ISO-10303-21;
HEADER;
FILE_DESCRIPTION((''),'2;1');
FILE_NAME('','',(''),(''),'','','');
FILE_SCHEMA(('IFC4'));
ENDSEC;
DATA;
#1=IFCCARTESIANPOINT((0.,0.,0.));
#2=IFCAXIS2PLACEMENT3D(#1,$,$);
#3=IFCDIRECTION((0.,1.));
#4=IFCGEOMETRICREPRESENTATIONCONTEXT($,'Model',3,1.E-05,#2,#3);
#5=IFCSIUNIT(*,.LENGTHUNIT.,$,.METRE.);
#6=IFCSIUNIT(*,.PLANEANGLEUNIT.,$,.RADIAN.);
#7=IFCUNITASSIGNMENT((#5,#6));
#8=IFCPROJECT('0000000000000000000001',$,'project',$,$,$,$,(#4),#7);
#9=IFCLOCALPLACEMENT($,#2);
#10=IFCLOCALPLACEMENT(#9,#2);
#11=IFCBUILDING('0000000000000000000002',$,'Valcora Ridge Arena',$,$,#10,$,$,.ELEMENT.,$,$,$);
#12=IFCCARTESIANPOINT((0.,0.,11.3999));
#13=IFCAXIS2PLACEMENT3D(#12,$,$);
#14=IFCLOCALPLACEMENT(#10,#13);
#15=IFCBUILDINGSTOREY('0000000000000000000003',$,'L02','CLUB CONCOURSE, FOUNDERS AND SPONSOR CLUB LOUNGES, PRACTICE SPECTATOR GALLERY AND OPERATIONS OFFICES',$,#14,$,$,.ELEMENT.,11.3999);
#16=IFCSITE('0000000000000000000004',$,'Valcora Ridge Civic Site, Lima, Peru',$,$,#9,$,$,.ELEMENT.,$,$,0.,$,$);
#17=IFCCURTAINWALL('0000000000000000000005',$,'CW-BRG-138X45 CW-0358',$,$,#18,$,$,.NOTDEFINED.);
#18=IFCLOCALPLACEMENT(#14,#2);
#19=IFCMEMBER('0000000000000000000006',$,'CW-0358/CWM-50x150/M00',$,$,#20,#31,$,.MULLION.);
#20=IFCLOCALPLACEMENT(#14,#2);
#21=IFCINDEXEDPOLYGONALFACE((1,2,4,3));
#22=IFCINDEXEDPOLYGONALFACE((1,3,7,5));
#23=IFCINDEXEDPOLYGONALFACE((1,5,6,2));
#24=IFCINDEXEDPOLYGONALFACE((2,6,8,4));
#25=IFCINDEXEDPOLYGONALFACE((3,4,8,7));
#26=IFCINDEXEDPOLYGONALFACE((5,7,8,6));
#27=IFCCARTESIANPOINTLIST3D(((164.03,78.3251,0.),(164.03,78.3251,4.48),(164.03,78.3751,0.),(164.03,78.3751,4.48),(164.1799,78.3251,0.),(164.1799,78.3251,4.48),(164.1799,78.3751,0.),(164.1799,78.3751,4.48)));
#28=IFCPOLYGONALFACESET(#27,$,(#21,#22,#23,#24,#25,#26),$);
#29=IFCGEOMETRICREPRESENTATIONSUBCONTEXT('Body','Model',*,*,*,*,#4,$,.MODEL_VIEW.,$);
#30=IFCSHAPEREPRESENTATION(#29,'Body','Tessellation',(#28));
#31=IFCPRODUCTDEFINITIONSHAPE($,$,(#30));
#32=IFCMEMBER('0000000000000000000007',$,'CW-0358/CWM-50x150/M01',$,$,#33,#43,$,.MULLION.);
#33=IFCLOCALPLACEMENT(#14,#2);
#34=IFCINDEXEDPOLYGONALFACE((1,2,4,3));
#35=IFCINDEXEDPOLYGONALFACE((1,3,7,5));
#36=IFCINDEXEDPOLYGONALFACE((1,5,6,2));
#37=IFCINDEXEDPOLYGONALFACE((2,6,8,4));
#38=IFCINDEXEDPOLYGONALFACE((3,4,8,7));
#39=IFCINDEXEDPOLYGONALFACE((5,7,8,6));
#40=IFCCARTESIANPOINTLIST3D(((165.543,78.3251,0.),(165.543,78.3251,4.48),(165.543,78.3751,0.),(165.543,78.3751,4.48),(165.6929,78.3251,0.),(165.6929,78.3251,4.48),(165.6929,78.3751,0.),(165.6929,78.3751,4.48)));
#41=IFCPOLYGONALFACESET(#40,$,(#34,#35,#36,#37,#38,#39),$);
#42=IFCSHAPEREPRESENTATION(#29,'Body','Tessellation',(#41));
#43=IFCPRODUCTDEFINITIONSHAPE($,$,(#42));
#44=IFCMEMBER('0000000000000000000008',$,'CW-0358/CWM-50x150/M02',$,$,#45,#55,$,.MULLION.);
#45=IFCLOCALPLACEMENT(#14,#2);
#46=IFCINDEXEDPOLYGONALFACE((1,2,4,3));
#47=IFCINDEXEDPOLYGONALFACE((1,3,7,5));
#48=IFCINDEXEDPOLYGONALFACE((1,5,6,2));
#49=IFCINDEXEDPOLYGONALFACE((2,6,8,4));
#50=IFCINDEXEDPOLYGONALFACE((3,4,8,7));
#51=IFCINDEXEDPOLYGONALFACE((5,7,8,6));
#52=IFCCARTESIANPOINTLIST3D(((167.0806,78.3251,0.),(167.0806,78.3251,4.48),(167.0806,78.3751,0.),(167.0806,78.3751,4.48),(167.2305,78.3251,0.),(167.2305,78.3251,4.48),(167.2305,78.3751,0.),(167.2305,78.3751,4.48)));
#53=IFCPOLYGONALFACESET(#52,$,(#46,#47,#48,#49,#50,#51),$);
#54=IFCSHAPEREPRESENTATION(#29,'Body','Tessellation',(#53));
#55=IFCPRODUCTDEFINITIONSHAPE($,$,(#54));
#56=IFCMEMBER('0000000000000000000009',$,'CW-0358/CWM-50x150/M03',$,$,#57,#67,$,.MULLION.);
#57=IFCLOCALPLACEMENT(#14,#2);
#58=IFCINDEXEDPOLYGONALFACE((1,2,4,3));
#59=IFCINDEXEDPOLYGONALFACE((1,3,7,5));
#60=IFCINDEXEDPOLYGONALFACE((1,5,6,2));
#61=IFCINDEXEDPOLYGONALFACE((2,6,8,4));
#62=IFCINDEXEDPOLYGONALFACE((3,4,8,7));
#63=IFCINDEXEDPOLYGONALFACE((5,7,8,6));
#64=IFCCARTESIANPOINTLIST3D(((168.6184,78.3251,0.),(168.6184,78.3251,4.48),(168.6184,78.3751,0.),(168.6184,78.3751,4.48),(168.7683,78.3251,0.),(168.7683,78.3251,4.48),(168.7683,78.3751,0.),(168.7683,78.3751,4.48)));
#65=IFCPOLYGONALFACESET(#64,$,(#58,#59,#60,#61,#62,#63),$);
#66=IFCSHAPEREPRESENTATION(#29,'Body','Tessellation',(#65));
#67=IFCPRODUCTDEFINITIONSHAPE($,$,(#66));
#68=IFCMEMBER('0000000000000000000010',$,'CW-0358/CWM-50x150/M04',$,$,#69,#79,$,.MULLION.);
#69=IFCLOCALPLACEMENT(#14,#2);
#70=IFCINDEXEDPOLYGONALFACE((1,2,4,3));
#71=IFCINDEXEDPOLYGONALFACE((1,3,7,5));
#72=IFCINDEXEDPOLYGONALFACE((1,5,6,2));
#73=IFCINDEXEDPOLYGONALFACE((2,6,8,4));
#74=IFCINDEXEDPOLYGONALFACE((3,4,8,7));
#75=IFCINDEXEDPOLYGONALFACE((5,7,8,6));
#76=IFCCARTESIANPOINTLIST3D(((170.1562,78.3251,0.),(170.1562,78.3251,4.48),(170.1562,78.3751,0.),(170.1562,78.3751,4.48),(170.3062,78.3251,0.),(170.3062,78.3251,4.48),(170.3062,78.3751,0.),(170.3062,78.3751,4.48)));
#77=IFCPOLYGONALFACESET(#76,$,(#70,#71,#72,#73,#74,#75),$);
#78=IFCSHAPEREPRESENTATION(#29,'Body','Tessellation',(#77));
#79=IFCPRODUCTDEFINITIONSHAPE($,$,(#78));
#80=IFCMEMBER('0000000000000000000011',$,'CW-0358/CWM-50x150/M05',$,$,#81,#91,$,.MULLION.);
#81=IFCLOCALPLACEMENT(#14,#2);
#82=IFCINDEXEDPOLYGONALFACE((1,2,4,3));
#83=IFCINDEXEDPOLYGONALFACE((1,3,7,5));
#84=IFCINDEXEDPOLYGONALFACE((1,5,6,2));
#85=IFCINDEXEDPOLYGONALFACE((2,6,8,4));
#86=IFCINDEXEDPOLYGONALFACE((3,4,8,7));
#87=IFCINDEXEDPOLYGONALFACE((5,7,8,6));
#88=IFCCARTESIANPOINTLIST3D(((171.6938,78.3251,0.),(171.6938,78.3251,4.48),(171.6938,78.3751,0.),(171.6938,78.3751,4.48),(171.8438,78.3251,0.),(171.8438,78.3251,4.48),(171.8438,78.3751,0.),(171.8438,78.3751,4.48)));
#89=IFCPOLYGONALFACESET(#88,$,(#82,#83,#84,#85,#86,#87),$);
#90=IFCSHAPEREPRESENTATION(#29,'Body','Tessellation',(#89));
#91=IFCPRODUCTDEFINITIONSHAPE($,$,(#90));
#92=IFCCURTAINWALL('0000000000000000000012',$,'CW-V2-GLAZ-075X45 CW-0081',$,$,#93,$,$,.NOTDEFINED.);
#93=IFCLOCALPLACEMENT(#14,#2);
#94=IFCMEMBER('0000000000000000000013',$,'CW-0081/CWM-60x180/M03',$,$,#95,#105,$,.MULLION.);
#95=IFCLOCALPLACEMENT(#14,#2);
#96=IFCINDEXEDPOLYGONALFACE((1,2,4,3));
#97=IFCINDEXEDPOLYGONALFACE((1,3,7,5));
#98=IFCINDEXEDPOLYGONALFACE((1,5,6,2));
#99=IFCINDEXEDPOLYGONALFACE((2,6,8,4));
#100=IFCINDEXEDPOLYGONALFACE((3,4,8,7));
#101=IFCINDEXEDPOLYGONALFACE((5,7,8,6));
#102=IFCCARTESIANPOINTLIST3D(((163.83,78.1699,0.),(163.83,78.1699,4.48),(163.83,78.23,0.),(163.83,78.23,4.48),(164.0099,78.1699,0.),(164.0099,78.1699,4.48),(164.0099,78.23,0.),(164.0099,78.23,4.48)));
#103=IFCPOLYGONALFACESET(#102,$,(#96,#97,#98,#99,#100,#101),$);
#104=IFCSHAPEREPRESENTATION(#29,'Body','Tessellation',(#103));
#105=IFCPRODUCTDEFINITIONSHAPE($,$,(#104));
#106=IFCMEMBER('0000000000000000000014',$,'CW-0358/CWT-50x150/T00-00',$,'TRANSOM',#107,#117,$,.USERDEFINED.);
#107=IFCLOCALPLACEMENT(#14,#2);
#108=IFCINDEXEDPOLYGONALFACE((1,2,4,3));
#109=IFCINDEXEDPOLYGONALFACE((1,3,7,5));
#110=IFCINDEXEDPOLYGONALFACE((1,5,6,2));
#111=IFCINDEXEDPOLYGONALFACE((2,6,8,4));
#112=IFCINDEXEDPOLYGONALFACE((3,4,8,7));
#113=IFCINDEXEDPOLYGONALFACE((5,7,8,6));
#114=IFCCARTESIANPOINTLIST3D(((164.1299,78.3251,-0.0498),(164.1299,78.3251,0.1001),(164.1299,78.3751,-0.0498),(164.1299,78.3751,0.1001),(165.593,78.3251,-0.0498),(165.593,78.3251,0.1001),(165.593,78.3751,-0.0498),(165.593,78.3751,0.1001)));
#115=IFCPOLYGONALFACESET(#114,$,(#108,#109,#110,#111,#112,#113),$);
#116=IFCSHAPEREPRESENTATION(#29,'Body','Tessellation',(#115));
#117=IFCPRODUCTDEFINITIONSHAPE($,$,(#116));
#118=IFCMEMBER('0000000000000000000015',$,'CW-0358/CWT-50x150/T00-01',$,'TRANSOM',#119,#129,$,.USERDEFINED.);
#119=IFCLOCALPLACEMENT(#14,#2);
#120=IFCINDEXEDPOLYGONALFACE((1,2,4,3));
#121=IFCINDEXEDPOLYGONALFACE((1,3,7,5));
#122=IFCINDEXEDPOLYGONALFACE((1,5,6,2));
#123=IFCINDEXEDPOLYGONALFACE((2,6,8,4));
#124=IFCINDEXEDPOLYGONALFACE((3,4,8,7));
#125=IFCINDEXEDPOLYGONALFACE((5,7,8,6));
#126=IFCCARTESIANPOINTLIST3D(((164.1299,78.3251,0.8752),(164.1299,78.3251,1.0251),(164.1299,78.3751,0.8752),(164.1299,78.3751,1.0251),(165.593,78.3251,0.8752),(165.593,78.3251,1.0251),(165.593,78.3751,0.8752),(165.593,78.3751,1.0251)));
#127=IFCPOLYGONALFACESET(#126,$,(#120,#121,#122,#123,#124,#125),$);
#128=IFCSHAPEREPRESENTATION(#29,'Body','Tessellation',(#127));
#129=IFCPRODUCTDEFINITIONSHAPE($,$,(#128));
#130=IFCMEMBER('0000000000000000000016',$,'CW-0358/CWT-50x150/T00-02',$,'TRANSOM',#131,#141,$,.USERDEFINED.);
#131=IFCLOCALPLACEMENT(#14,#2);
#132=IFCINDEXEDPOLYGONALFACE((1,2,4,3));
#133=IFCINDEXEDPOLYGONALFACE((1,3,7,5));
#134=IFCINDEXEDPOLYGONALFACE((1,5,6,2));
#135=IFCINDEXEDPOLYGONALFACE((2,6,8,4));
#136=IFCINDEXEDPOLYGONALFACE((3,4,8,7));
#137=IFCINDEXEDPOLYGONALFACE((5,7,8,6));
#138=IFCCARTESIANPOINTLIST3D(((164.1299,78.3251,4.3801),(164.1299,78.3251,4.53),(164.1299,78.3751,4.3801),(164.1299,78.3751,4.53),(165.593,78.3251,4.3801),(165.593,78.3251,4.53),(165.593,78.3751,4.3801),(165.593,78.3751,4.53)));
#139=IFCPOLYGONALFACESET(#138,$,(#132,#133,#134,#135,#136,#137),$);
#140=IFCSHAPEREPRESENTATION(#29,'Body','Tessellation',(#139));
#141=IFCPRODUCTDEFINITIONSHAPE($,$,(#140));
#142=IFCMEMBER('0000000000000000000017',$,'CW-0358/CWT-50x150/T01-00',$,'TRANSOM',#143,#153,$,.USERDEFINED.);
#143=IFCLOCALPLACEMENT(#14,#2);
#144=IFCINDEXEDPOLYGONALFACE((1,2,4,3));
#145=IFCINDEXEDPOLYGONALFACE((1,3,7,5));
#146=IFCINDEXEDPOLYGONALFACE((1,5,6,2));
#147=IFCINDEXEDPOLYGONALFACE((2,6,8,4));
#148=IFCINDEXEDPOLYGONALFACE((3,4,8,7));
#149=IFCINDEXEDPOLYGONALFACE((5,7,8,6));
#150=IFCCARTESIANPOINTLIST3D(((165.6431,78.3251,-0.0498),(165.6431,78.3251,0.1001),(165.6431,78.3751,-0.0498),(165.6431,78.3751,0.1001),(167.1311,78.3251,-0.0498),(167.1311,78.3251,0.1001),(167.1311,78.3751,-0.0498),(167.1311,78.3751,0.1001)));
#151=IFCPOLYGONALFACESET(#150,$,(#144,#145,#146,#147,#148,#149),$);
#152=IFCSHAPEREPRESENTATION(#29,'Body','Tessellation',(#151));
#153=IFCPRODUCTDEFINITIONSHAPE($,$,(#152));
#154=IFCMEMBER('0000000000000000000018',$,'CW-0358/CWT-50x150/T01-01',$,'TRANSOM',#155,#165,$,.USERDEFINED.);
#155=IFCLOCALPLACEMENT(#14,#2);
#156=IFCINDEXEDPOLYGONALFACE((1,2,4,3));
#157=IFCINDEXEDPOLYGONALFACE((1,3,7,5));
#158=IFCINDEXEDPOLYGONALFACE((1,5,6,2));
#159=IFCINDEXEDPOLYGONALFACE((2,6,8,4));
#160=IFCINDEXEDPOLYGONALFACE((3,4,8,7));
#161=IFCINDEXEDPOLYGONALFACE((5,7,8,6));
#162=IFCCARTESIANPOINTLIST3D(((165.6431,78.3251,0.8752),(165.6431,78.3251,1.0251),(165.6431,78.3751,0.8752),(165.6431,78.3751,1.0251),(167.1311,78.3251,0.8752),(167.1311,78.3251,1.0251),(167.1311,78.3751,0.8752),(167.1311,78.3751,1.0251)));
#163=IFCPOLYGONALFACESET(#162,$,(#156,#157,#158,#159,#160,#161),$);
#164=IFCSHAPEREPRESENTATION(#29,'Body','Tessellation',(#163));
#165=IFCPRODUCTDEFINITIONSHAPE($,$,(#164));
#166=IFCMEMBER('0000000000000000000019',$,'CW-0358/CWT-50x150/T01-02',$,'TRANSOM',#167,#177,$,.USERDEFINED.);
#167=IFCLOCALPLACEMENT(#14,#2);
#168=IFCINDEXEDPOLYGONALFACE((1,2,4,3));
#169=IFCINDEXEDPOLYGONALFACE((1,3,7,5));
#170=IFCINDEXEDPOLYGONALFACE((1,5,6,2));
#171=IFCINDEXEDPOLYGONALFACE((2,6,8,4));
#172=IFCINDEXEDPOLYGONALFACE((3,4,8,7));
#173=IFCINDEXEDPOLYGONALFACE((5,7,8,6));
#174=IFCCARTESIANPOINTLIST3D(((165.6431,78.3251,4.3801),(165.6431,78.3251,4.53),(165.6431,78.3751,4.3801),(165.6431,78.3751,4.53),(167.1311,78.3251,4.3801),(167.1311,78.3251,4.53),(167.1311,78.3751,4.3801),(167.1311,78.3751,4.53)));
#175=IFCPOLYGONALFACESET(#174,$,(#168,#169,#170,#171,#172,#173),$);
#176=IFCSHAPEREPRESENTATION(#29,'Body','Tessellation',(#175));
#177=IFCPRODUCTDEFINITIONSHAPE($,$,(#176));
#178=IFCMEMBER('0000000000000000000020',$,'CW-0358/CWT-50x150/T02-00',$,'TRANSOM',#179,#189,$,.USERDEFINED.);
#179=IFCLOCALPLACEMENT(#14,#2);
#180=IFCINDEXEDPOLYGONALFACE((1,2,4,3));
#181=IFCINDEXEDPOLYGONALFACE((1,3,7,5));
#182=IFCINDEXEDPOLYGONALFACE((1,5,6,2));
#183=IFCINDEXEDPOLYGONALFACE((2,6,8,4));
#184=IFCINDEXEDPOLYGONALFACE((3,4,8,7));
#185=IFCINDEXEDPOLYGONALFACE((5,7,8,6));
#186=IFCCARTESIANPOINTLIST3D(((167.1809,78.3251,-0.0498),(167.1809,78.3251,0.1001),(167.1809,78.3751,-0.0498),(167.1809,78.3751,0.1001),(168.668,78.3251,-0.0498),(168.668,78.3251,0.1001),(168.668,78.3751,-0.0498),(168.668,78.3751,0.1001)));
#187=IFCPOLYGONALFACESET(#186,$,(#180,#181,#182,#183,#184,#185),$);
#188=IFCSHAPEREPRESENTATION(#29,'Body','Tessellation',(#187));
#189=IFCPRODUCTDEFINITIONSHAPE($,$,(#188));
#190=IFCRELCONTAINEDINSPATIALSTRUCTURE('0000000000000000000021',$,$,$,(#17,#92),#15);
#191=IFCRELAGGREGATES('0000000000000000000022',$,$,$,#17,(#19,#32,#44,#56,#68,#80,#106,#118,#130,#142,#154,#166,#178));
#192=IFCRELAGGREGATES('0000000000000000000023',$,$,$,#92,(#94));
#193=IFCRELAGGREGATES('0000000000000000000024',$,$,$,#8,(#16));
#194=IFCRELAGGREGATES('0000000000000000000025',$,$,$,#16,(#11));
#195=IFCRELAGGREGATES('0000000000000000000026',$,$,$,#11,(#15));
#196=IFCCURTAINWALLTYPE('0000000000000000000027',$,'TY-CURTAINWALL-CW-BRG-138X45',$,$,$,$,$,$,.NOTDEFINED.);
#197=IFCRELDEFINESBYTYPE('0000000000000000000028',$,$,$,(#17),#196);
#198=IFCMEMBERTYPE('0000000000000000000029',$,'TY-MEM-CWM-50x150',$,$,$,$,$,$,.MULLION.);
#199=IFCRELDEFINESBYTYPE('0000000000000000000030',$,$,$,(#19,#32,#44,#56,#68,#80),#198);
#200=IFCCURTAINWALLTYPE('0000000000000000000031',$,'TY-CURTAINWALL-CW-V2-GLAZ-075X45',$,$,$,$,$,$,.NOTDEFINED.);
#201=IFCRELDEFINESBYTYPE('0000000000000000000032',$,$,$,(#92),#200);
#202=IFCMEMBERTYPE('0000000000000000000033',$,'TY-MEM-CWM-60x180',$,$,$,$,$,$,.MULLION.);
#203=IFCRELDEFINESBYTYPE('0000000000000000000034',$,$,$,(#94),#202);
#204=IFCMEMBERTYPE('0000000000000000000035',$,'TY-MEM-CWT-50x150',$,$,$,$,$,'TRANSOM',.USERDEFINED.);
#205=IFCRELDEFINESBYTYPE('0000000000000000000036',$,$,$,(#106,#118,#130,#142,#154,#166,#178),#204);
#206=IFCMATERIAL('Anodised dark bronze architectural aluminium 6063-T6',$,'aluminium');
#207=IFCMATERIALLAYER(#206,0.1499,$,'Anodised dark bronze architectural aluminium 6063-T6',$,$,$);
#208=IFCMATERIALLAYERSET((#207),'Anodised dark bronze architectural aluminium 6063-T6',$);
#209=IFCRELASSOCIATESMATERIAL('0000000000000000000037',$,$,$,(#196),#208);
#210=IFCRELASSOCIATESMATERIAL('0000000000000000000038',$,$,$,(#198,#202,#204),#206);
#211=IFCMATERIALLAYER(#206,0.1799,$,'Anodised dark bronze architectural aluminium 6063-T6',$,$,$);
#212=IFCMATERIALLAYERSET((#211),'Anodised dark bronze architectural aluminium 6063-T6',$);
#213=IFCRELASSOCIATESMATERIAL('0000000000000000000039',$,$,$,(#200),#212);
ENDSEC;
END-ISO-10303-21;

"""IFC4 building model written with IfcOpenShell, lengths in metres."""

from ifc_helpers import new_model, si_unit, direction, frame, origin, origin_2d, place, context, subcontext, project, spatial, rectangle, extrude, material, layer, layer_set, material_profile, profile_set, type_object, element, aggregate, save


model = new_model("IFC4")

# Units and contexts
model_context = context("Model", 3, precision=1e-05, world=origin(), true_north=direction((0.0, 1.0)))
body_context = subcontext(model_context, "Body", "Model", "MODEL_VIEW")
ifc_project = project(units=[si_unit("LENGTHUNIT", "METRE"), si_unit("PLANEANGLEUNIT", "RADIAN")], contexts=[model_context])

# Site, building, storey
site_placement = place(None, origin())
site = spatial("IfcSite", under=ifc_project, at=site_placement, Name="Valcora Ridge Civic Site, Lima, Peru", CompositionType="ELEMENT", RefElevation=0.0)
building_placement = place(site_placement, origin())
building = spatial("IfcBuilding", under=site, at=building_placement, Name="Valcora Ridge Arena", CompositionType="ELEMENT")
storey_placement = place(building_placement, frame((0.0, 0.0, 11.3999)))
storey = spatial("IfcBuildingStorey", under=building, at=storey_placement, Name="L02", Description="CLUB CONCOURSE, FOUNDERS AND SPONSOR CLUB LOUNGES, PRACTICE SPECTATOR GALLERY AND OPERATIONS OFFICES", CompositionType="ELEMENT", Elevation=11.3999)

# Curtain wall, members
ifc_material_1 = material(Name="Anodised dark bronze architectural aluminium 6063-T6", Category="aluminium")
ifc_layer_1 = layer(ifc_material_1, 0.1499, Name="Anodised dark bronze architectural aluminium 6063-T6")
ifc_layer_set_1 = layer_set([ifc_layer_1], Name="Anodised dark bronze architectural aluminium 6063-T6")
curtain_wall_type_1 = type_object("IfcCurtainWallType", Name="TY-CURTAINWALL-CW-BRG-138X45", PredefinedType="NOTDEFINED", material=ifc_layer_set_1)
curtain_wall_1_placement = place(storey_placement, origin())
curtain_wall_1 = element("IfcCurtainWall", 1, at=curtain_wall_1_placement, inside=storey, type_object=curtain_wall_type_1, Name="CW-BRG-138X45 CW-0358", PredefinedType="NOTDEFINED")
ifc_material_profile_1 = material_profile(ifc_material_1, rectangle(XDim=0.05, YDim=0.1499, at=origin_2d()), Name="ALU MULLION 50x150")
ifc_profile_set_1 = profile_set([ifc_material_profile_1], Name="Anodised dark bronze architectural aluminium 6063-T6")
member_type_1 = type_object("IfcMemberType", Name="TY-MEM-CWM-50x150", PredefinedType="MULLION", material=ifc_profile_set_1)
member_1_placement = place(storey_placement, frame((164.105, 78.3501, 0.0), z_axis=(0.0, 0.0, 1.0), x_axis=(0.0, 1.0, 0.0)))
member_1 = element("IfcMember", 2, at=member_1_placement, type_object=member_type_1, Name="CW-0358/CWM-50x150/M00", PredefinedType="MULLION", context=body_context, shape_type="SweptSolid", body=[
    extrude(rectangle(XDim=0.05, YDim=0.1499, at=origin_2d()), origin(), (0.0, 0.0, 1.0), 4.48),
])
member_2_placement = place(storey_placement, frame((165.6179, 78.3501, 0.0), z_axis=(0.0, 0.0, 1.0), x_axis=(0.0, 1.0, 0.0)))
member_2 = element("IfcMember", 3, at=member_2_placement, type_object=member_type_1, Name="CW-0358/CWM-50x150/M01", PredefinedType="MULLION", context=body_context, shape_type="SweptSolid", body=[
    extrude(rectangle(XDim=0.05, YDim=0.1499, at=origin_2d()), origin(), (0.0, 0.0, 1.0), 4.48),
])
member_3_placement = place(storey_placement, frame((167.1555, 78.3501, 0.0), z_axis=(0.0, 0.0, 1.0), x_axis=(0.0, 1.0, 0.0)))
member_3 = element("IfcMember", 4, at=member_3_placement, type_object=member_type_1, Name="CW-0358/CWM-50x150/M02", PredefinedType="MULLION", context=body_context, shape_type="SweptSolid", body=[
    extrude(rectangle(XDim=0.05, YDim=0.1499, at=origin_2d()), origin(), (0.0, 0.0, 1.0), 4.48),
])
member_4_placement = place(storey_placement, frame((168.6934, 78.3501, 0.0), z_axis=(0.0, 0.0, 1.0), x_axis=(0.0, 1.0, 0.0)))
member_4 = element("IfcMember", 5, at=member_4_placement, type_object=member_type_1, Name="CW-0358/CWM-50x150/M03", PredefinedType="MULLION", context=body_context, shape_type="SweptSolid", body=[
    extrude(rectangle(XDim=0.05, YDim=0.1499, at=origin_2d()), origin(), (0.0, 0.0, 1.0), 4.48),
])
member_5_placement = place(storey_placement, frame((170.2312, 78.3501, 0.0), z_axis=(0.0, 0.0, 1.0), x_axis=(0.0, 1.0, 0.0)))
member_5 = element("IfcMember", 6, at=member_5_placement, type_object=member_type_1, Name="CW-0358/CWM-50x150/M04", PredefinedType="MULLION", context=body_context, shape_type="SweptSolid", body=[
    extrude(rectangle(XDim=0.05, YDim=0.1499, at=origin_2d()), origin(), (0.0, 0.0, 1.0), 4.48),
])
member_6_placement = place(storey_placement, frame((171.7688, 78.3501, 0.0), z_axis=(0.0, 0.0, 1.0), x_axis=(0.0, 1.0, 0.0)))
member_6 = element("IfcMember", 7, at=member_6_placement, type_object=member_type_1, Name="CW-0358/CWM-50x150/M05", PredefinedType="MULLION", context=body_context, shape_type="SweptSolid", body=[
    extrude(rectangle(XDim=0.05, YDim=0.1499, at=origin_2d()), origin(), (0.0, 0.0, 1.0), 4.48),
])

# Curtain wall, member
ifc_layer_2 = layer(ifc_material_1, 0.1799, Name="Anodised dark bronze architectural aluminium 6063-T6")
ifc_layer_set_2 = layer_set([ifc_layer_2], Name="Anodised dark bronze architectural aluminium 6063-T6")
curtain_wall_type_2 = type_object("IfcCurtainWallType", Name="TY-CURTAINWALL-CW-V2-GLAZ-075X45", PredefinedType="NOTDEFINED", material=ifc_layer_set_2)
curtain_wall_2_placement = place(storey_placement, origin())
curtain_wall_2 = element("IfcCurtainWall", 8, at=curtain_wall_2_placement, inside=storey, type_object=curtain_wall_type_2, Name="CW-V2-GLAZ-075X45 CW-0081", PredefinedType="NOTDEFINED")
ifc_material_profile_2 = material_profile(ifc_material_1, rectangle(XDim=0.0601, YDim=0.1799, at=origin_2d()), Name="ALU MULLION 60x180")
ifc_profile_set_2 = profile_set([ifc_material_profile_2], Name="Anodised dark bronze architectural aluminium 6063-T6")
member_type_2 = type_object("IfcMemberType", Name="TY-MEM-CWM-60x180", PredefinedType="MULLION", material=ifc_profile_set_2)
member_7_placement = place(storey_placement, frame((163.9199, 78.2, 0.0), z_axis=(0.0, 0.0, 1.0), x_axis=(0.0, 1.0, 0.0)))
member_7 = element("IfcMember", 9, at=member_7_placement, type_object=member_type_2, Name="CW-0081/CWM-60x180/M03", PredefinedType="MULLION", context=body_context, shape_type="SweptSolid", body=[
    extrude(rectangle(XDim=0.0601, YDim=0.1799, at=origin_2d()), origin(), (0.0, 0.0, 1.0), 4.48),
])

# Members
ifc_material_profile_3 = material_profile(ifc_material_1, rectangle(XDim=0.05, YDim=0.1499, at=origin_2d()), Name="ALU TRANSOM 50x150")
ifc_profile_set_3 = profile_set([ifc_material_profile_3], Name="Anodised dark bronze architectural aluminium 6063-T6")
member_type_3 = type_object("IfcMemberType", Name="TY-MEM-CWT-50x150", ElementType="TRANSOM", PredefinedType="USERDEFINED", material=ifc_profile_set_3)
member_8_placement = place(storey_placement, frame((164.1299, 78.3501, 0.0251), z_axis=(1.0, 0.0, 0.0), x_axis=(0.0, 1.0, 0.0)))
member_8 = element("IfcMember", 10, at=member_8_placement, type_object=member_type_3, Name="CW-0358/CWT-50x150/T00-00", ObjectType="TRANSOM", PredefinedType="USERDEFINED", context=body_context, shape_type="SweptSolid", body=[
    extrude(rectangle(XDim=0.05, YDim=0.1499, at=origin_2d()), origin(), (0.0, 0.0, 1.0), 1.4631),
])
member_9_placement = place(storey_placement, frame((164.1299, 78.3501, 0.9502), z_axis=(1.0, 0.0, 0.0), x_axis=(0.0, 1.0, 0.0)))
member_9 = element("IfcMember", 11, at=member_9_placement, type_object=member_type_3, Name="CW-0358/CWT-50x150/T00-01", ObjectType="TRANSOM", PredefinedType="USERDEFINED", context=body_context, shape_type="SweptSolid", body=[
    extrude(rectangle(XDim=0.05, YDim=0.1499, at=origin_2d()), origin(), (0.0, 0.0, 1.0), 1.4631),
])
member_10_placement = place(storey_placement, frame((164.1299, 78.3501, 4.4551), z_axis=(1.0, 0.0, 0.0), x_axis=(0.0, 1.0, 0.0)))
member_10 = element("IfcMember", 12, at=member_10_placement, type_object=member_type_3, Name="CW-0358/CWT-50x150/T00-02", ObjectType="TRANSOM", PredefinedType="USERDEFINED", context=body_context, shape_type="SweptSolid", body=[
    extrude(rectangle(XDim=0.05, YDim=0.1499, at=origin_2d()), origin(), (0.0, 0.0, 1.0), 1.4631),
])
member_11_placement = place(storey_placement, frame((165.6431, 78.3501, 0.0251), z_axis=(1.0, 0.0, 0.0), x_axis=(0.0, 1.0, 0.0)))
member_11 = element("IfcMember", 13, at=member_11_placement, type_object=member_type_3, Name="CW-0358/CWT-50x150/T01-00", ObjectType="TRANSOM", PredefinedType="USERDEFINED", context=body_context, shape_type="SweptSolid", body=[
    extrude(rectangle(XDim=0.05, YDim=0.1499, at=origin_2d()), origin(), (0.0, 0.0, 1.0), 1.488),
])
member_12_placement = place(storey_placement, frame((165.6431, 78.3501, 0.9502), z_axis=(1.0, 0.0, 0.0), x_axis=(0.0, 1.0, 0.0)))
member_12 = element("IfcMember", 14, at=member_12_placement, type_object=member_type_3, Name="CW-0358/CWT-50x150/T01-01", ObjectType="TRANSOM", PredefinedType="USERDEFINED", context=body_context, shape_type="SweptSolid", body=[
    extrude(rectangle(XDim=0.05, YDim=0.1499, at=origin_2d()), origin(), (0.0, 0.0, 1.0), 1.488),
])
member_13_placement = place(storey_placement, frame((165.6431, 78.3501, 4.4551), z_axis=(1.0, 0.0, 0.0), x_axis=(0.0, 1.0, 0.0)))
member_13 = element("IfcMember", 15, at=member_13_placement, type_object=member_type_3, Name="CW-0358/CWT-50x150/T01-02", ObjectType="TRANSOM", PredefinedType="USERDEFINED", context=body_context, shape_type="SweptSolid", body=[
    extrude(rectangle(XDim=0.05, YDim=0.1499, at=origin_2d()), origin(), (0.0, 0.0, 1.0), 1.488),
])
member_14_placement = place(storey_placement, frame((167.1809, 78.3501, 0.0251), z_axis=(1.0, 0.0, 0.0), x_axis=(0.0, 1.0, 0.0)))
member_14 = element("IfcMember", 16, at=member_14_placement, type_object=member_type_3, Name="CW-0358/CWT-50x150/T02-00", ObjectType="TRANSOM", PredefinedType="USERDEFINED", context=body_context, shape_type="SweptSolid", body=[
    extrude(rectangle(XDim=0.05, YDim=0.1499, at=origin_2d()), origin(), (0.0, 0.0, 1.0), 1.4871),
])

aggregate(curtain_wall_1, [member_1, member_2, member_3, member_4, member_5, member_6, member_8, member_9, member_10, member_11, member_12, member_13, member_14])
aggregate(curtain_wall_2, [member_7])

save(model, "model.ifc")
